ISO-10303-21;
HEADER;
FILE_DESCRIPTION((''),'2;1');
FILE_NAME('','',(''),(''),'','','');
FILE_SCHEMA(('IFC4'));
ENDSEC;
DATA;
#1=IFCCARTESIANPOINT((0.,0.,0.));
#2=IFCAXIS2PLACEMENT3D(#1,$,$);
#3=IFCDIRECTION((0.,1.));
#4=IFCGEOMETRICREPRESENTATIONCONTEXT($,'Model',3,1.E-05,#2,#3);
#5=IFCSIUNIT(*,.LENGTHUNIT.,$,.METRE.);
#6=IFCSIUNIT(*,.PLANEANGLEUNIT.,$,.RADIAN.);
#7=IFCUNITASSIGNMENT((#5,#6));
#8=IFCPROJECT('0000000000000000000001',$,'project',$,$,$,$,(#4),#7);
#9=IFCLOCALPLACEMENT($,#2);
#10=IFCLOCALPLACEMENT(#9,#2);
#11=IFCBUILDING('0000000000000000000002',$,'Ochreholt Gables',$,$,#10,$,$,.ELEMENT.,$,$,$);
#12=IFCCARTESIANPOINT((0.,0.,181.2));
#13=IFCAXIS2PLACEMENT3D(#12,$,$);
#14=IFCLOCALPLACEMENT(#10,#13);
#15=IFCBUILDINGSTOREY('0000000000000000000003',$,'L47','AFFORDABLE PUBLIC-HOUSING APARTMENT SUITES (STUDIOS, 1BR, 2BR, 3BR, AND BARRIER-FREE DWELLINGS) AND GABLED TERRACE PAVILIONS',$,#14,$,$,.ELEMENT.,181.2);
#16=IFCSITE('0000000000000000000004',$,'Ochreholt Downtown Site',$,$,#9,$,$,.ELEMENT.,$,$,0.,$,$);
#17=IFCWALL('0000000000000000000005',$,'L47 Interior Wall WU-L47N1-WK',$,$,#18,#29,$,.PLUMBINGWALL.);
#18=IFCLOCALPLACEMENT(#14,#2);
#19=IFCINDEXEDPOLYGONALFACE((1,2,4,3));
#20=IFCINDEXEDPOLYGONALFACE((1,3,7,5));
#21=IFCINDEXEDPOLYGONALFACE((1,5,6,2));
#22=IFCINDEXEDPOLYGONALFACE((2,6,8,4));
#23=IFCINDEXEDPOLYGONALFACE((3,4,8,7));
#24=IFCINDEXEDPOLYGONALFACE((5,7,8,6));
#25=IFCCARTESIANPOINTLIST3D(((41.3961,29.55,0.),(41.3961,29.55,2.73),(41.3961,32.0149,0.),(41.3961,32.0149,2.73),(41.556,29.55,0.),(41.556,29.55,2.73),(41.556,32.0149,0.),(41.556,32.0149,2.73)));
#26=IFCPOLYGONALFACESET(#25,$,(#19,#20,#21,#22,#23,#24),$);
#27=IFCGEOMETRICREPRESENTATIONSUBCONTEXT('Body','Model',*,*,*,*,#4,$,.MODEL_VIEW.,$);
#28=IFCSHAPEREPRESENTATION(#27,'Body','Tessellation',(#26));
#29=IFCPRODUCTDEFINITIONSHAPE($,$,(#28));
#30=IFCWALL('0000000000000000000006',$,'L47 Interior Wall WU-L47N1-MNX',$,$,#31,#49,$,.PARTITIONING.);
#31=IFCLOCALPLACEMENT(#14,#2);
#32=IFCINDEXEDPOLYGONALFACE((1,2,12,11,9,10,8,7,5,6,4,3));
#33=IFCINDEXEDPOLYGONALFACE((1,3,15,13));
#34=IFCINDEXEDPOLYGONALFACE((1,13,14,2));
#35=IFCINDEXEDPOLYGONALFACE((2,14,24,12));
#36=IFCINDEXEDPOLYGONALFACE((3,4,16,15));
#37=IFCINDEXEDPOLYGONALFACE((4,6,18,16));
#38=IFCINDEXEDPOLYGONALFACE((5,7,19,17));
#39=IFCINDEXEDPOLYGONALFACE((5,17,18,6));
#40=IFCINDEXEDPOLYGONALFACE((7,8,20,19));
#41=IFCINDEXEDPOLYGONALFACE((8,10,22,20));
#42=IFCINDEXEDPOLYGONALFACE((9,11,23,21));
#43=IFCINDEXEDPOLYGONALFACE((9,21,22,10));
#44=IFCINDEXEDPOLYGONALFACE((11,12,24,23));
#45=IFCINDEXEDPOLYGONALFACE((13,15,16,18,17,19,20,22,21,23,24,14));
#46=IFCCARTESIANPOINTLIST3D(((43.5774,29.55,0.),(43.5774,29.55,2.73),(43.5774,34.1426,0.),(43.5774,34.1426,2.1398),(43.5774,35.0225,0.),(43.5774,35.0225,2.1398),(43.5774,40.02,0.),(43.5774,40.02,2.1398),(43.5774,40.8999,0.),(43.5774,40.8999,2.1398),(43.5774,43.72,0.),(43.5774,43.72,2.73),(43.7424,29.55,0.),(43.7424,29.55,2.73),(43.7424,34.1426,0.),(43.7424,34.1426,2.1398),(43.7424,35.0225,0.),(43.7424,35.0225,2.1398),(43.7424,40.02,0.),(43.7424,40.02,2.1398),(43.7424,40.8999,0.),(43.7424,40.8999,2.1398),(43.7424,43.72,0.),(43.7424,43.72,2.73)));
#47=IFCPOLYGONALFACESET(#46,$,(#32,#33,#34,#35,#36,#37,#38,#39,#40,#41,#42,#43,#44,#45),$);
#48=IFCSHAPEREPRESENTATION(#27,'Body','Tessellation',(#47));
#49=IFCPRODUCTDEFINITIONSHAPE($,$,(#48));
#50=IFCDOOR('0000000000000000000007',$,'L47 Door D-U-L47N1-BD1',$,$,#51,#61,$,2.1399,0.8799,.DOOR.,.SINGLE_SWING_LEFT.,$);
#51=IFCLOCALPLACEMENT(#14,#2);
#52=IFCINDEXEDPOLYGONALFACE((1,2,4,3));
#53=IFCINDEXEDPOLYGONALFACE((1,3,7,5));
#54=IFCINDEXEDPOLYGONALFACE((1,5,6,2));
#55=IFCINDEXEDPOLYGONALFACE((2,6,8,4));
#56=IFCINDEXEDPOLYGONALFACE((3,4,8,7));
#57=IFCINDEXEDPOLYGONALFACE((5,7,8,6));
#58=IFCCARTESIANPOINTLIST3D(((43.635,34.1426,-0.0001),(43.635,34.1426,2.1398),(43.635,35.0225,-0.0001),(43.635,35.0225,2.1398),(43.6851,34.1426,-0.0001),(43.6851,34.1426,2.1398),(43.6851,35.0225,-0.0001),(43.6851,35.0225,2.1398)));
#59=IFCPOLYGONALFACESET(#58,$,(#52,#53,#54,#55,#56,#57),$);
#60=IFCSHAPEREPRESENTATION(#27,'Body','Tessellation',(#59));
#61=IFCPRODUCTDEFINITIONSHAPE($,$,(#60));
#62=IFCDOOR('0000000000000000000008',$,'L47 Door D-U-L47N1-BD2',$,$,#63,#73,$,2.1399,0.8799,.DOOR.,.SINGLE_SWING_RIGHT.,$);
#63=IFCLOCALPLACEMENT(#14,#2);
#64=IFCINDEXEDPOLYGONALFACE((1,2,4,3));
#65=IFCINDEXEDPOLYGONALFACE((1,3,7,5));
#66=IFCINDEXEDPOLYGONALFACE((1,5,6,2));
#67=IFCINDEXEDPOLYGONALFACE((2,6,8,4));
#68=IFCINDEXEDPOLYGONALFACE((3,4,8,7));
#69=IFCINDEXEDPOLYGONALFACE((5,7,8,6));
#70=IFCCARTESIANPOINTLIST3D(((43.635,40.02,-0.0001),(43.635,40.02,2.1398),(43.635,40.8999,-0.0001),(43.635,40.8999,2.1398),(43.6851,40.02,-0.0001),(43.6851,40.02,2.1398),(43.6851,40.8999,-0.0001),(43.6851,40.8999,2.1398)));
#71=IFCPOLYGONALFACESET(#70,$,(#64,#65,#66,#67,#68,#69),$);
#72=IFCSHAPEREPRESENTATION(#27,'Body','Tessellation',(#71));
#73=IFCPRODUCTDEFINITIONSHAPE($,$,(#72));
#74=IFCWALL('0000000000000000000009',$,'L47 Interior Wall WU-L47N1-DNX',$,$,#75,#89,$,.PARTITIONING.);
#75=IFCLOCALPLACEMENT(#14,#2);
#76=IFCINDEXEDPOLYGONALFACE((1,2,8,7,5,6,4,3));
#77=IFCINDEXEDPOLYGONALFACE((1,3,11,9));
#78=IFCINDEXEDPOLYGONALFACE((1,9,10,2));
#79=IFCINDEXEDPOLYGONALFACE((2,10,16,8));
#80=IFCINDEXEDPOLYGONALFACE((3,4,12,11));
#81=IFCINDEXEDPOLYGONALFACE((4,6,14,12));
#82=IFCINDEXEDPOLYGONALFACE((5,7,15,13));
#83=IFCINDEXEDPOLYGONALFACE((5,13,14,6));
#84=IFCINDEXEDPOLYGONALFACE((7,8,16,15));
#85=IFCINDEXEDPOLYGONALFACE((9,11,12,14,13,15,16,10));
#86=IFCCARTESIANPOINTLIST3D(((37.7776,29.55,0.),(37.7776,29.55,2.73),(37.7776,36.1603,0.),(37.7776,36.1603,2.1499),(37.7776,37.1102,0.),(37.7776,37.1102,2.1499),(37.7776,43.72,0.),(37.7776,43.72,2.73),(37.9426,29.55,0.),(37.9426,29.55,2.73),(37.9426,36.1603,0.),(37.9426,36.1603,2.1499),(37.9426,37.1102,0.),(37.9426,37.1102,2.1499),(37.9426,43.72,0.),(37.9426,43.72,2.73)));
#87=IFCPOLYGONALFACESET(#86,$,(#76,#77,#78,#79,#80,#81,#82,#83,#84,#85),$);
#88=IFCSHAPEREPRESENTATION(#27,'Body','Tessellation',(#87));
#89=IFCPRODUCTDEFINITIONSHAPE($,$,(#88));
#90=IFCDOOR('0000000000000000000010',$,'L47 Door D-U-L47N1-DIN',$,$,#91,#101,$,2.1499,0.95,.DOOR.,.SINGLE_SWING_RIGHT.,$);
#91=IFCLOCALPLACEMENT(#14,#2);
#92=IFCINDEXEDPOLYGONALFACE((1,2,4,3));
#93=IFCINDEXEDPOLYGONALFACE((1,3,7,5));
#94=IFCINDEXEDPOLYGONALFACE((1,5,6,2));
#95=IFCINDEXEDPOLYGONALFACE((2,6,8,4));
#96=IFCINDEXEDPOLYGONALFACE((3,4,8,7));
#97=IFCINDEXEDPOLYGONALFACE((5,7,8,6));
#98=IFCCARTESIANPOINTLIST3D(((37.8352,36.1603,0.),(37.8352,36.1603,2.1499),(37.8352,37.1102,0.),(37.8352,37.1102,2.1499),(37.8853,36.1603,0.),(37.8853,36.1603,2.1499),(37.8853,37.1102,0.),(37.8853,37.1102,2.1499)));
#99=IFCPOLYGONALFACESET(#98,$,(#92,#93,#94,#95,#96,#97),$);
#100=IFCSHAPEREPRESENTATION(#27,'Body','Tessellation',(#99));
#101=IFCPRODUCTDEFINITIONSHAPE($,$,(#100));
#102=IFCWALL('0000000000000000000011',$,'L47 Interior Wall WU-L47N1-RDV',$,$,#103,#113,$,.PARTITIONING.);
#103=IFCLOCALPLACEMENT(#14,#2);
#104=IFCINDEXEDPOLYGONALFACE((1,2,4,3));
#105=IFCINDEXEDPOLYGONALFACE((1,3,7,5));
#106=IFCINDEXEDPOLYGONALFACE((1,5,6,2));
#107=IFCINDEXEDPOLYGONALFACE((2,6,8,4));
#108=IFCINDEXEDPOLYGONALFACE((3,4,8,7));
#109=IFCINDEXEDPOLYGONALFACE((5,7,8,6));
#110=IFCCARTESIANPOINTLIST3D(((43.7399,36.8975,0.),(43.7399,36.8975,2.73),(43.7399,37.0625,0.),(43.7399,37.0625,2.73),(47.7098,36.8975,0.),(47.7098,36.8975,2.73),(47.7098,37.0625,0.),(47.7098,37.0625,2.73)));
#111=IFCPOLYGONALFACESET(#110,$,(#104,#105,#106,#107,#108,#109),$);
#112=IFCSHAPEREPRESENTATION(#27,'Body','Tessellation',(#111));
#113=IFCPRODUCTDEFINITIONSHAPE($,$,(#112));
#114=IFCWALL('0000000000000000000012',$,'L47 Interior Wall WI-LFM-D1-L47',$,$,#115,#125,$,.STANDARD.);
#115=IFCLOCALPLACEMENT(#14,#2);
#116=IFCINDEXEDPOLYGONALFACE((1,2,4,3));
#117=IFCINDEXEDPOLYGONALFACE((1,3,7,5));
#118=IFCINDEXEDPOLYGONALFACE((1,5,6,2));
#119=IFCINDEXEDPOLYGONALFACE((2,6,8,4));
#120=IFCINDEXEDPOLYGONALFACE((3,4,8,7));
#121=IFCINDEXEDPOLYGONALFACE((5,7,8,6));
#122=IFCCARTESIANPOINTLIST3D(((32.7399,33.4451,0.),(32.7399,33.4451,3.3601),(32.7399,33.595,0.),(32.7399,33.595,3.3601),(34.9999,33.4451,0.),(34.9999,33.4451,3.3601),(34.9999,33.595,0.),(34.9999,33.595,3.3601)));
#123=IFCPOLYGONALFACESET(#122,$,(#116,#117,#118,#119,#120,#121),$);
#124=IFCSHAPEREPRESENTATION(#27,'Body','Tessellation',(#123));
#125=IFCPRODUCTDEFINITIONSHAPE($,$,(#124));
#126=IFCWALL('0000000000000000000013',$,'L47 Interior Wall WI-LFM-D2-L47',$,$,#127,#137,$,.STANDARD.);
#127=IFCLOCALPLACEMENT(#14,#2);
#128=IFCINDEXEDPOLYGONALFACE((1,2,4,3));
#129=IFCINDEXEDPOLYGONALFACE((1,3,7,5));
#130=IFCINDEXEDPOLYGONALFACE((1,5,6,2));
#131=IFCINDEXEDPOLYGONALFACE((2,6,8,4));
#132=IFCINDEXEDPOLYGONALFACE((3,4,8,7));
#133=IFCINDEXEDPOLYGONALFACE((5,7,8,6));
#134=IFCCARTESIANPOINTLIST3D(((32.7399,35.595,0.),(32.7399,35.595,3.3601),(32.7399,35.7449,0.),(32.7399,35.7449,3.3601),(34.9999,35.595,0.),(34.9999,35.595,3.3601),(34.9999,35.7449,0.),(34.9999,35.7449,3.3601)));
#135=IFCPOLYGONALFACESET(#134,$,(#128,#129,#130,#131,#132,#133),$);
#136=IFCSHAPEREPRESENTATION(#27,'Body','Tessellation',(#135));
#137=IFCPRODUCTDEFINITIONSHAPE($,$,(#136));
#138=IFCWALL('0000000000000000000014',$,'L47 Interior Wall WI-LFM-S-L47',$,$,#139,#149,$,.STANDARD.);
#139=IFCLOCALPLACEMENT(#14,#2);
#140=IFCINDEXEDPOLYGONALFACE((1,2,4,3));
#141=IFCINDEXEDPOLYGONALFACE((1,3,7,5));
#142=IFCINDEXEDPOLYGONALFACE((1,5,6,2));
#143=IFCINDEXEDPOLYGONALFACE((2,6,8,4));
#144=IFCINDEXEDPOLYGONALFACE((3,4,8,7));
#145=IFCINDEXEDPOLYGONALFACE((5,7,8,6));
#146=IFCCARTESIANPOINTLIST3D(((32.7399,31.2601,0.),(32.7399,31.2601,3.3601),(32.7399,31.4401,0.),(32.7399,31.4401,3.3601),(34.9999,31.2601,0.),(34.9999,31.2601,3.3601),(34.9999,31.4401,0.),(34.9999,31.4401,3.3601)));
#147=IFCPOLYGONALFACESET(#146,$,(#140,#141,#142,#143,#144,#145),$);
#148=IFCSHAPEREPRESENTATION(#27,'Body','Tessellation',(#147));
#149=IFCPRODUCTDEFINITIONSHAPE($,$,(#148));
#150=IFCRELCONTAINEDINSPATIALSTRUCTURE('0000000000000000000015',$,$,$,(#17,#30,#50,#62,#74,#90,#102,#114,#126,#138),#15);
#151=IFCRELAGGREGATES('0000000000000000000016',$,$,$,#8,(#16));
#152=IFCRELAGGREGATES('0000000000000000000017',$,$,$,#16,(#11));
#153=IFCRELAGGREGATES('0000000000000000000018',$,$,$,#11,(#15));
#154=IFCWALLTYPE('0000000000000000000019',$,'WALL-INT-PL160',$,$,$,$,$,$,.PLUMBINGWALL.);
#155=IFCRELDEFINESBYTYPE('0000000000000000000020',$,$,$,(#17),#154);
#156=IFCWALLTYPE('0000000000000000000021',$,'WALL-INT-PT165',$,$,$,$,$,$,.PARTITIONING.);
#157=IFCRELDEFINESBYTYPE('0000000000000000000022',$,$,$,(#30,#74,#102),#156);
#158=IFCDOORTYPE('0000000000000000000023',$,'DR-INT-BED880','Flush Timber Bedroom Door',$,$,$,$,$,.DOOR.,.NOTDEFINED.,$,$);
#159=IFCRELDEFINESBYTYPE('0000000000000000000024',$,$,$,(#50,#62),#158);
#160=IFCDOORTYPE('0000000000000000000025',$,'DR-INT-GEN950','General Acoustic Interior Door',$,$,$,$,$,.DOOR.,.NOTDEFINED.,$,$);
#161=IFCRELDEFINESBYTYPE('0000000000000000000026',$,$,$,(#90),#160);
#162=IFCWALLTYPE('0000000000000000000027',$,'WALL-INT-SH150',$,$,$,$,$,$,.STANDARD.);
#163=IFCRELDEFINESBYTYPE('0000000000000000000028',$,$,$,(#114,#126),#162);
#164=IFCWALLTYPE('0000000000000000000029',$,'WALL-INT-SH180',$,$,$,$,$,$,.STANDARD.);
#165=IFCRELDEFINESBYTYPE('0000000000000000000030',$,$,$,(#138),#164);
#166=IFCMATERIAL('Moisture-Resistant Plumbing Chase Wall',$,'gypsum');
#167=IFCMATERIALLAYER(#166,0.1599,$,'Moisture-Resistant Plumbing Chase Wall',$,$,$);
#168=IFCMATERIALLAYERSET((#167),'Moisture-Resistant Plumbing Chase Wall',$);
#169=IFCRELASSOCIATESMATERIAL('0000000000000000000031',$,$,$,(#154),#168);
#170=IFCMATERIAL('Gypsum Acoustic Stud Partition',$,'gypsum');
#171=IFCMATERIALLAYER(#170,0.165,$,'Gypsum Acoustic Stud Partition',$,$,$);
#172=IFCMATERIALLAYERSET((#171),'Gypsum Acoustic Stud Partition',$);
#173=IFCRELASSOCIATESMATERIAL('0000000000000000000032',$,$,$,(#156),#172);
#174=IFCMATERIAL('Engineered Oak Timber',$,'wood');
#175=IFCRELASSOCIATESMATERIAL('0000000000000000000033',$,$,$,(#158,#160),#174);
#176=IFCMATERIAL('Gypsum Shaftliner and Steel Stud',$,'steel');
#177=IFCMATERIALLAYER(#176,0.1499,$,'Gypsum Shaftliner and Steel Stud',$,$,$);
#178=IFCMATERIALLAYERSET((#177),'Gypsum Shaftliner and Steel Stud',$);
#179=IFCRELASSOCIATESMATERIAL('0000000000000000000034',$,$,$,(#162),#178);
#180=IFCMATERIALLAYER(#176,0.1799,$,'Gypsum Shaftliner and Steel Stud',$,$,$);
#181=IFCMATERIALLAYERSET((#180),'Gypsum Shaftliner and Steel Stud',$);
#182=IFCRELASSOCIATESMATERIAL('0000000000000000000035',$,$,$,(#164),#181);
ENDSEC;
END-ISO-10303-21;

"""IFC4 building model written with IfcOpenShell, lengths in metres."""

from ifc_helpers import new_model, si_unit, direction, frame, frame_2d, origin, place, context, subcontext, project, spatial, rectangle, extrude, material, layer, layer_set, type_object, element, fill, save


model = new_model("IFC4")

# Units and contexts
model_context = context("Model", 3, precision=1e-05, world=origin(), true_north=direction((0.0, 1.0)))
body_context = subcontext(model_context, "Body", "Model", "MODEL_VIEW")
ifc_project = project(units=[si_unit("LENGTHUNIT", "METRE"), si_unit("PLANEANGLEUNIT", "RADIAN")], contexts=[model_context])

# Site, building, storey
site_placement = place(None, origin())
site = spatial("IfcSite", under=ifc_project, at=site_placement, Name="Ochreholt Downtown Site", CompositionType="ELEMENT", RefElevation=0.0)
building_placement = place(site_placement, origin())
building = spatial("IfcBuilding", under=site, at=building_placement, Name="Ochreholt Gables", CompositionType="ELEMENT")
storey_placement = place(building_placement, frame((0.0, 0.0, 181.2)))
storey = spatial("IfcBuildingStorey", under=building, at=storey_placement, Name="L47", Description="AFFORDABLE PUBLIC-HOUSING APARTMENT SUITES (STUDIOS, 1BR, 2BR, 3BR, AND BARRIER-FREE DWELLINGS) AND GABLED TERRACE PAVILIONS", CompositionType="ELEMENT", Elevation=181.2)

# Shared definitions
ifc_material_1 = material(Name="Engineered Oak Timber", Category="wood")

# Shared definitions
ifc_material_2 = material(Name="Moisture-Resistant Plumbing Chase Wall", Category="gypsum")
ifc_layer_1 = layer(ifc_material_2, 0.1599, Name="Moisture-Resistant Plumbing Chase Wall")
ifc_layer_set_1 = layer_set([ifc_layer_1], Name="Moisture-Resistant Plumbing Chase Wall")
wall_type_1 = type_object("IfcWallType", Name="WALL-INT-PL160", PredefinedType="PLUMBINGWALL", material=ifc_layer_set_1)

# Wall
wall_1_placement = place(storey_placement, frame((41.4761, 29.55, 0.0), z_axis=(0.0, 0.0, 1.0), x_axis=(0.0, 1.0, 0.0)))
element("IfcWall", 1, at=wall_1_placement, inside=storey, type_object=wall_type_1, Name="L47 Interior Wall WU-L47N1-WK", PredefinedType="PLUMBINGWALL", context=body_context, shape_type="SweptSolid", body=[
    extrude(rectangle(XDim=2.4648, YDim=0.1599, at=frame_2d((1.2324, 0.0))), origin(), (0.0, 0.0, 1.0), 2.73),
])

# Wall, openings, doors
ifc_material_3 = material(Name="Gypsum Acoustic Stud Partition", Category="gypsum")
ifc_layer_2 = layer(ifc_material_3, 0.165, Name="Gypsum Acoustic Stud Partition")
ifc_layer_set_2 = layer_set([ifc_layer_2], Name="Gypsum Acoustic Stud Partition")
wall_type_2 = type_object("IfcWallType", Name="WALL-INT-PT165", PredefinedType="PARTITIONING", material=ifc_layer_set_2)
wall_2_placement = place(storey_placement, frame((43.6599, 29.55, 0.0), z_axis=(0.0, 0.0, 1.0), x_axis=(0.0, 1.0, 0.0)))
wall_2 = element("IfcWall", 2, at=wall_2_placement, inside=storey, type_object=wall_type_2, Name="L47 Interior Wall WU-L47N1-MNX", PredefinedType="PARTITIONING", context=body_context, shape_type="SweptSolid", body=[
    extrude(rectangle(XDim=14.1699, YDim=0.165, at=frame_2d((7.085, 0.0))), origin(), (0.0, 0.0, 1.0), 2.73),
])
opening_1_placement = place(wall_2_placement, frame((4.5925, 0.0, 0.0)))
opening_1 = element("IfcOpeningElement", 3, at=opening_1_placement, cuts=wall_2, PredefinedType="OPENING", context=body_context, shape_type="SweptSolid", body=[
    extrude(rectangle(XDim=0.8799, YDim=2.1399, at=frame_2d((0.4399, 1.0698))), frame((0.0, 0.0925, 0.0), z_axis=(0.0, -1.0, 0.0), x_axis=(1.0, 0.0, 0.0)), (0.0, 0.0, 1.0), 0.1851),
])
opening_2_placement = place(wall_2_placement, frame((10.47, 0.0, 0.0)))
opening_2 = element("IfcOpeningElement", 4, at=opening_2_placement, cuts=wall_2, PredefinedType="OPENING", context=body_context, shape_type="SweptSolid", body=[
    extrude(rectangle(XDim=0.8799, YDim=2.1399, at=frame_2d((0.4399, 1.0698))), frame((0.0, 0.0925, 0.0), z_axis=(0.0, -1.0, 0.0), x_axis=(1.0, 0.0, 0.0)), (0.0, 0.0, 1.0), 0.1851),
])
door_type_1 = type_object("IfcDoorType", Name="DR-INT-BED880", Description="Flush Timber Bedroom Door", OperationType="NOTDEFINED", PredefinedType="DOOR", material=ifc_material_1)
door_1_placement = place(opening_1_placement, origin())
door_1 = element("IfcDoor", 5, at=door_1_placement, inside=storey, type_object=door_type_1, Name="L47 Door D-U-L47N1-BD1", OperationType="SINGLE_SWING_LEFT", OverallHeight=2.1399, OverallWidth=0.8799, PredefinedType="DOOR", context=body_context, shape_type="SweptSolid", body=[
    extrude(rectangle(XDim=0.8799, YDim=2.1399, at=frame_2d((0.4399, 1.0698))), frame((0.0, 0.0249, 0.0), z_axis=(0.0, -1.0, 0.0), x_axis=(1.0, 0.0, 0.0)), (0.0, 0.0, 1.0), 0.05),
])
fill(opening_1, door_1)
door_2_placement = place(opening_2_placement, origin())
door_2 = element("IfcDoor", 6, at=door_2_placement, inside=storey, type_object=door_type_1, Name="L47 Door D-U-L47N1-BD2", OperationType="SINGLE_SWING_RIGHT", OverallHeight=2.1399, OverallWidth=0.8799, PredefinedType="DOOR", context=body_context, shape_type="SweptSolid", body=[
    extrude(rectangle(XDim=0.8799, YDim=2.1399, at=frame_2d((0.4399, 1.0698))), frame((0.0, 0.0249, 0.0), z_axis=(0.0, -1.0, 0.0), x_axis=(1.0, 0.0, 0.0)), (0.0, 0.0, 1.0), 0.05),
])
fill(opening_2, door_2)

# Wall, opening, door
wall_3_placement = place(storey_placement, frame((37.8601, 29.55, 0.0), z_axis=(0.0, 0.0, 1.0), x_axis=(0.0, 1.0, 0.0)))
wall_3 = element("IfcWall", 7, at=wall_3_placement, inside=storey, type_object=wall_type_2, Name="L47 Interior Wall WU-L47N1-DNX", PredefinedType="PARTITIONING", context=body_context, shape_type="SweptSolid", body=[
    extrude(rectangle(XDim=14.1699, YDim=0.165, at=frame_2d((7.085, 0.0))), origin(), (0.0, 0.0, 1.0), 2.73),
])
opening_3_placement = place(wall_3_placement, frame((6.6101, 0.0, 0.0)))
opening_3 = element("IfcOpeningElement", 8, at=opening_3_placement, cuts=wall_3, PredefinedType="OPENING", context=body_context, shape_type="SweptSolid", body=[
    extrude(rectangle(XDim=0.95, YDim=2.1499, at=frame_2d((0.4751, 1.075))), frame((0.0, 0.0925, 0.0), z_axis=(0.0, -1.0, 0.0), x_axis=(1.0, 0.0, 0.0)), (0.0, 0.0, 1.0), 0.1851),
])
door_type_2 = type_object("IfcDoorType", Name="DR-INT-GEN950", Description="General Acoustic Interior Door", OperationType="NOTDEFINED", PredefinedType="DOOR", material=ifc_material_1)
door_3_placement = place(opening_3_placement, origin())
door_3 = element("IfcDoor", 9, at=door_3_placement, inside=storey, type_object=door_type_2, Name="L47 Door D-U-L47N1-DIN", OperationType="SINGLE_SWING_RIGHT", OverallHeight=2.1499, OverallWidth=0.95, PredefinedType="DOOR", context=body_context, shape_type="SweptSolid", body=[
    extrude(rectangle(XDim=0.95, YDim=2.1499, at=frame_2d((0.4751, 1.075))), frame((0.0, 0.0249, 0.0), z_axis=(0.0, -1.0, 0.0), x_axis=(1.0, 0.0, 0.0)), (0.0, 0.0, 1.0), 0.05),
])
fill(opening_3, door_3)

# Walls
wall_4_placement = place(storey_placement, frame((43.74, 36.98, 0.0), z_axis=(0.0, 0.0, 1.0), x_axis=(1.0, 0.0, 0.0)))
element("IfcWall", 10, at=wall_4_placement, inside=storey, type_object=wall_type_2, Name="L47 Interior Wall WU-L47N1-RDV", PredefinedType="PARTITIONING", context=body_context, shape_type="SweptSolid", body=[
    extrude(rectangle(XDim=3.97, YDim=0.165, at=frame_2d((1.9849, 0.0))), origin(), (0.0, 0.0, 1.0), 2.73),
])
ifc_material_4 = material(Name="Gypsum Shaftliner and Steel Stud", Category="steel")
ifc_layer_3 = layer(ifc_material_4, 0.1499, Name="Gypsum Shaftliner and Steel Stud")
ifc_layer_set_3 = layer_set([ifc_layer_3], Name="Gypsum Shaftliner and Steel Stud")
wall_type_3 = type_object("IfcWallType", Name="WALL-INT-SH150", PredefinedType="STANDARD", material=ifc_layer_set_3)
for number, where, z_axis, x_axis, name in (
    (11, (32.74, 33.52, 0.0), (0.0, 0.0, 1.0), (1.0, 0.0, 0.0), "L47 Interior Wall WI-LFM-D1-L47"),
    (12, (32.74, 35.6699, 0.0), (0.0, 0.0, 1.0), (1.0, 0.0, 0.0), "L47 Interior Wall WI-LFM-D2-L47"),
):
    element("IfcWall", number, at=place(storey_placement, frame(where, z_axis=z_axis, x_axis=x_axis)), inside=storey, type_object=wall_type_3, Name=name, PredefinedType="STANDARD", context=body_context, shape_type="SweptSolid", body=[
        extrude(rectangle(XDim=2.26, YDim=0.1499, at=frame_2d((1.1299, 0.0))), origin(), (0.0, 0.0, 1.0), 3.3601),
    ])
ifc_layer_4 = layer(ifc_material_4, 0.1799, Name="Gypsum Shaftliner and Steel Stud")
ifc_layer_set_4 = layer_set([ifc_layer_4], Name="Gypsum Shaftliner and Steel Stud")
wall_type_4 = type_object("IfcWallType", Name="WALL-INT-SH180", PredefinedType="STANDARD", material=ifc_layer_set_4)
wall_5_placement = place(storey_placement, frame((32.74, 31.3501, 0.0), z_axis=(0.0, 0.0, 1.0), x_axis=(1.0, 0.0, 0.0)))
element("IfcWall", 13, at=wall_5_placement, inside=storey, type_object=wall_type_4, Name="L47 Interior Wall WI-LFM-S-L47", PredefinedType="STANDARD", context=body_context, shape_type="SweptSolid", body=[
    extrude(rectangle(XDim=2.26, YDim=0.1799, at=frame_2d((1.1299, 0.0))), origin(), (0.0, 0.0, 1.0), 3.3601),
])

save(model, "model.ifc")
